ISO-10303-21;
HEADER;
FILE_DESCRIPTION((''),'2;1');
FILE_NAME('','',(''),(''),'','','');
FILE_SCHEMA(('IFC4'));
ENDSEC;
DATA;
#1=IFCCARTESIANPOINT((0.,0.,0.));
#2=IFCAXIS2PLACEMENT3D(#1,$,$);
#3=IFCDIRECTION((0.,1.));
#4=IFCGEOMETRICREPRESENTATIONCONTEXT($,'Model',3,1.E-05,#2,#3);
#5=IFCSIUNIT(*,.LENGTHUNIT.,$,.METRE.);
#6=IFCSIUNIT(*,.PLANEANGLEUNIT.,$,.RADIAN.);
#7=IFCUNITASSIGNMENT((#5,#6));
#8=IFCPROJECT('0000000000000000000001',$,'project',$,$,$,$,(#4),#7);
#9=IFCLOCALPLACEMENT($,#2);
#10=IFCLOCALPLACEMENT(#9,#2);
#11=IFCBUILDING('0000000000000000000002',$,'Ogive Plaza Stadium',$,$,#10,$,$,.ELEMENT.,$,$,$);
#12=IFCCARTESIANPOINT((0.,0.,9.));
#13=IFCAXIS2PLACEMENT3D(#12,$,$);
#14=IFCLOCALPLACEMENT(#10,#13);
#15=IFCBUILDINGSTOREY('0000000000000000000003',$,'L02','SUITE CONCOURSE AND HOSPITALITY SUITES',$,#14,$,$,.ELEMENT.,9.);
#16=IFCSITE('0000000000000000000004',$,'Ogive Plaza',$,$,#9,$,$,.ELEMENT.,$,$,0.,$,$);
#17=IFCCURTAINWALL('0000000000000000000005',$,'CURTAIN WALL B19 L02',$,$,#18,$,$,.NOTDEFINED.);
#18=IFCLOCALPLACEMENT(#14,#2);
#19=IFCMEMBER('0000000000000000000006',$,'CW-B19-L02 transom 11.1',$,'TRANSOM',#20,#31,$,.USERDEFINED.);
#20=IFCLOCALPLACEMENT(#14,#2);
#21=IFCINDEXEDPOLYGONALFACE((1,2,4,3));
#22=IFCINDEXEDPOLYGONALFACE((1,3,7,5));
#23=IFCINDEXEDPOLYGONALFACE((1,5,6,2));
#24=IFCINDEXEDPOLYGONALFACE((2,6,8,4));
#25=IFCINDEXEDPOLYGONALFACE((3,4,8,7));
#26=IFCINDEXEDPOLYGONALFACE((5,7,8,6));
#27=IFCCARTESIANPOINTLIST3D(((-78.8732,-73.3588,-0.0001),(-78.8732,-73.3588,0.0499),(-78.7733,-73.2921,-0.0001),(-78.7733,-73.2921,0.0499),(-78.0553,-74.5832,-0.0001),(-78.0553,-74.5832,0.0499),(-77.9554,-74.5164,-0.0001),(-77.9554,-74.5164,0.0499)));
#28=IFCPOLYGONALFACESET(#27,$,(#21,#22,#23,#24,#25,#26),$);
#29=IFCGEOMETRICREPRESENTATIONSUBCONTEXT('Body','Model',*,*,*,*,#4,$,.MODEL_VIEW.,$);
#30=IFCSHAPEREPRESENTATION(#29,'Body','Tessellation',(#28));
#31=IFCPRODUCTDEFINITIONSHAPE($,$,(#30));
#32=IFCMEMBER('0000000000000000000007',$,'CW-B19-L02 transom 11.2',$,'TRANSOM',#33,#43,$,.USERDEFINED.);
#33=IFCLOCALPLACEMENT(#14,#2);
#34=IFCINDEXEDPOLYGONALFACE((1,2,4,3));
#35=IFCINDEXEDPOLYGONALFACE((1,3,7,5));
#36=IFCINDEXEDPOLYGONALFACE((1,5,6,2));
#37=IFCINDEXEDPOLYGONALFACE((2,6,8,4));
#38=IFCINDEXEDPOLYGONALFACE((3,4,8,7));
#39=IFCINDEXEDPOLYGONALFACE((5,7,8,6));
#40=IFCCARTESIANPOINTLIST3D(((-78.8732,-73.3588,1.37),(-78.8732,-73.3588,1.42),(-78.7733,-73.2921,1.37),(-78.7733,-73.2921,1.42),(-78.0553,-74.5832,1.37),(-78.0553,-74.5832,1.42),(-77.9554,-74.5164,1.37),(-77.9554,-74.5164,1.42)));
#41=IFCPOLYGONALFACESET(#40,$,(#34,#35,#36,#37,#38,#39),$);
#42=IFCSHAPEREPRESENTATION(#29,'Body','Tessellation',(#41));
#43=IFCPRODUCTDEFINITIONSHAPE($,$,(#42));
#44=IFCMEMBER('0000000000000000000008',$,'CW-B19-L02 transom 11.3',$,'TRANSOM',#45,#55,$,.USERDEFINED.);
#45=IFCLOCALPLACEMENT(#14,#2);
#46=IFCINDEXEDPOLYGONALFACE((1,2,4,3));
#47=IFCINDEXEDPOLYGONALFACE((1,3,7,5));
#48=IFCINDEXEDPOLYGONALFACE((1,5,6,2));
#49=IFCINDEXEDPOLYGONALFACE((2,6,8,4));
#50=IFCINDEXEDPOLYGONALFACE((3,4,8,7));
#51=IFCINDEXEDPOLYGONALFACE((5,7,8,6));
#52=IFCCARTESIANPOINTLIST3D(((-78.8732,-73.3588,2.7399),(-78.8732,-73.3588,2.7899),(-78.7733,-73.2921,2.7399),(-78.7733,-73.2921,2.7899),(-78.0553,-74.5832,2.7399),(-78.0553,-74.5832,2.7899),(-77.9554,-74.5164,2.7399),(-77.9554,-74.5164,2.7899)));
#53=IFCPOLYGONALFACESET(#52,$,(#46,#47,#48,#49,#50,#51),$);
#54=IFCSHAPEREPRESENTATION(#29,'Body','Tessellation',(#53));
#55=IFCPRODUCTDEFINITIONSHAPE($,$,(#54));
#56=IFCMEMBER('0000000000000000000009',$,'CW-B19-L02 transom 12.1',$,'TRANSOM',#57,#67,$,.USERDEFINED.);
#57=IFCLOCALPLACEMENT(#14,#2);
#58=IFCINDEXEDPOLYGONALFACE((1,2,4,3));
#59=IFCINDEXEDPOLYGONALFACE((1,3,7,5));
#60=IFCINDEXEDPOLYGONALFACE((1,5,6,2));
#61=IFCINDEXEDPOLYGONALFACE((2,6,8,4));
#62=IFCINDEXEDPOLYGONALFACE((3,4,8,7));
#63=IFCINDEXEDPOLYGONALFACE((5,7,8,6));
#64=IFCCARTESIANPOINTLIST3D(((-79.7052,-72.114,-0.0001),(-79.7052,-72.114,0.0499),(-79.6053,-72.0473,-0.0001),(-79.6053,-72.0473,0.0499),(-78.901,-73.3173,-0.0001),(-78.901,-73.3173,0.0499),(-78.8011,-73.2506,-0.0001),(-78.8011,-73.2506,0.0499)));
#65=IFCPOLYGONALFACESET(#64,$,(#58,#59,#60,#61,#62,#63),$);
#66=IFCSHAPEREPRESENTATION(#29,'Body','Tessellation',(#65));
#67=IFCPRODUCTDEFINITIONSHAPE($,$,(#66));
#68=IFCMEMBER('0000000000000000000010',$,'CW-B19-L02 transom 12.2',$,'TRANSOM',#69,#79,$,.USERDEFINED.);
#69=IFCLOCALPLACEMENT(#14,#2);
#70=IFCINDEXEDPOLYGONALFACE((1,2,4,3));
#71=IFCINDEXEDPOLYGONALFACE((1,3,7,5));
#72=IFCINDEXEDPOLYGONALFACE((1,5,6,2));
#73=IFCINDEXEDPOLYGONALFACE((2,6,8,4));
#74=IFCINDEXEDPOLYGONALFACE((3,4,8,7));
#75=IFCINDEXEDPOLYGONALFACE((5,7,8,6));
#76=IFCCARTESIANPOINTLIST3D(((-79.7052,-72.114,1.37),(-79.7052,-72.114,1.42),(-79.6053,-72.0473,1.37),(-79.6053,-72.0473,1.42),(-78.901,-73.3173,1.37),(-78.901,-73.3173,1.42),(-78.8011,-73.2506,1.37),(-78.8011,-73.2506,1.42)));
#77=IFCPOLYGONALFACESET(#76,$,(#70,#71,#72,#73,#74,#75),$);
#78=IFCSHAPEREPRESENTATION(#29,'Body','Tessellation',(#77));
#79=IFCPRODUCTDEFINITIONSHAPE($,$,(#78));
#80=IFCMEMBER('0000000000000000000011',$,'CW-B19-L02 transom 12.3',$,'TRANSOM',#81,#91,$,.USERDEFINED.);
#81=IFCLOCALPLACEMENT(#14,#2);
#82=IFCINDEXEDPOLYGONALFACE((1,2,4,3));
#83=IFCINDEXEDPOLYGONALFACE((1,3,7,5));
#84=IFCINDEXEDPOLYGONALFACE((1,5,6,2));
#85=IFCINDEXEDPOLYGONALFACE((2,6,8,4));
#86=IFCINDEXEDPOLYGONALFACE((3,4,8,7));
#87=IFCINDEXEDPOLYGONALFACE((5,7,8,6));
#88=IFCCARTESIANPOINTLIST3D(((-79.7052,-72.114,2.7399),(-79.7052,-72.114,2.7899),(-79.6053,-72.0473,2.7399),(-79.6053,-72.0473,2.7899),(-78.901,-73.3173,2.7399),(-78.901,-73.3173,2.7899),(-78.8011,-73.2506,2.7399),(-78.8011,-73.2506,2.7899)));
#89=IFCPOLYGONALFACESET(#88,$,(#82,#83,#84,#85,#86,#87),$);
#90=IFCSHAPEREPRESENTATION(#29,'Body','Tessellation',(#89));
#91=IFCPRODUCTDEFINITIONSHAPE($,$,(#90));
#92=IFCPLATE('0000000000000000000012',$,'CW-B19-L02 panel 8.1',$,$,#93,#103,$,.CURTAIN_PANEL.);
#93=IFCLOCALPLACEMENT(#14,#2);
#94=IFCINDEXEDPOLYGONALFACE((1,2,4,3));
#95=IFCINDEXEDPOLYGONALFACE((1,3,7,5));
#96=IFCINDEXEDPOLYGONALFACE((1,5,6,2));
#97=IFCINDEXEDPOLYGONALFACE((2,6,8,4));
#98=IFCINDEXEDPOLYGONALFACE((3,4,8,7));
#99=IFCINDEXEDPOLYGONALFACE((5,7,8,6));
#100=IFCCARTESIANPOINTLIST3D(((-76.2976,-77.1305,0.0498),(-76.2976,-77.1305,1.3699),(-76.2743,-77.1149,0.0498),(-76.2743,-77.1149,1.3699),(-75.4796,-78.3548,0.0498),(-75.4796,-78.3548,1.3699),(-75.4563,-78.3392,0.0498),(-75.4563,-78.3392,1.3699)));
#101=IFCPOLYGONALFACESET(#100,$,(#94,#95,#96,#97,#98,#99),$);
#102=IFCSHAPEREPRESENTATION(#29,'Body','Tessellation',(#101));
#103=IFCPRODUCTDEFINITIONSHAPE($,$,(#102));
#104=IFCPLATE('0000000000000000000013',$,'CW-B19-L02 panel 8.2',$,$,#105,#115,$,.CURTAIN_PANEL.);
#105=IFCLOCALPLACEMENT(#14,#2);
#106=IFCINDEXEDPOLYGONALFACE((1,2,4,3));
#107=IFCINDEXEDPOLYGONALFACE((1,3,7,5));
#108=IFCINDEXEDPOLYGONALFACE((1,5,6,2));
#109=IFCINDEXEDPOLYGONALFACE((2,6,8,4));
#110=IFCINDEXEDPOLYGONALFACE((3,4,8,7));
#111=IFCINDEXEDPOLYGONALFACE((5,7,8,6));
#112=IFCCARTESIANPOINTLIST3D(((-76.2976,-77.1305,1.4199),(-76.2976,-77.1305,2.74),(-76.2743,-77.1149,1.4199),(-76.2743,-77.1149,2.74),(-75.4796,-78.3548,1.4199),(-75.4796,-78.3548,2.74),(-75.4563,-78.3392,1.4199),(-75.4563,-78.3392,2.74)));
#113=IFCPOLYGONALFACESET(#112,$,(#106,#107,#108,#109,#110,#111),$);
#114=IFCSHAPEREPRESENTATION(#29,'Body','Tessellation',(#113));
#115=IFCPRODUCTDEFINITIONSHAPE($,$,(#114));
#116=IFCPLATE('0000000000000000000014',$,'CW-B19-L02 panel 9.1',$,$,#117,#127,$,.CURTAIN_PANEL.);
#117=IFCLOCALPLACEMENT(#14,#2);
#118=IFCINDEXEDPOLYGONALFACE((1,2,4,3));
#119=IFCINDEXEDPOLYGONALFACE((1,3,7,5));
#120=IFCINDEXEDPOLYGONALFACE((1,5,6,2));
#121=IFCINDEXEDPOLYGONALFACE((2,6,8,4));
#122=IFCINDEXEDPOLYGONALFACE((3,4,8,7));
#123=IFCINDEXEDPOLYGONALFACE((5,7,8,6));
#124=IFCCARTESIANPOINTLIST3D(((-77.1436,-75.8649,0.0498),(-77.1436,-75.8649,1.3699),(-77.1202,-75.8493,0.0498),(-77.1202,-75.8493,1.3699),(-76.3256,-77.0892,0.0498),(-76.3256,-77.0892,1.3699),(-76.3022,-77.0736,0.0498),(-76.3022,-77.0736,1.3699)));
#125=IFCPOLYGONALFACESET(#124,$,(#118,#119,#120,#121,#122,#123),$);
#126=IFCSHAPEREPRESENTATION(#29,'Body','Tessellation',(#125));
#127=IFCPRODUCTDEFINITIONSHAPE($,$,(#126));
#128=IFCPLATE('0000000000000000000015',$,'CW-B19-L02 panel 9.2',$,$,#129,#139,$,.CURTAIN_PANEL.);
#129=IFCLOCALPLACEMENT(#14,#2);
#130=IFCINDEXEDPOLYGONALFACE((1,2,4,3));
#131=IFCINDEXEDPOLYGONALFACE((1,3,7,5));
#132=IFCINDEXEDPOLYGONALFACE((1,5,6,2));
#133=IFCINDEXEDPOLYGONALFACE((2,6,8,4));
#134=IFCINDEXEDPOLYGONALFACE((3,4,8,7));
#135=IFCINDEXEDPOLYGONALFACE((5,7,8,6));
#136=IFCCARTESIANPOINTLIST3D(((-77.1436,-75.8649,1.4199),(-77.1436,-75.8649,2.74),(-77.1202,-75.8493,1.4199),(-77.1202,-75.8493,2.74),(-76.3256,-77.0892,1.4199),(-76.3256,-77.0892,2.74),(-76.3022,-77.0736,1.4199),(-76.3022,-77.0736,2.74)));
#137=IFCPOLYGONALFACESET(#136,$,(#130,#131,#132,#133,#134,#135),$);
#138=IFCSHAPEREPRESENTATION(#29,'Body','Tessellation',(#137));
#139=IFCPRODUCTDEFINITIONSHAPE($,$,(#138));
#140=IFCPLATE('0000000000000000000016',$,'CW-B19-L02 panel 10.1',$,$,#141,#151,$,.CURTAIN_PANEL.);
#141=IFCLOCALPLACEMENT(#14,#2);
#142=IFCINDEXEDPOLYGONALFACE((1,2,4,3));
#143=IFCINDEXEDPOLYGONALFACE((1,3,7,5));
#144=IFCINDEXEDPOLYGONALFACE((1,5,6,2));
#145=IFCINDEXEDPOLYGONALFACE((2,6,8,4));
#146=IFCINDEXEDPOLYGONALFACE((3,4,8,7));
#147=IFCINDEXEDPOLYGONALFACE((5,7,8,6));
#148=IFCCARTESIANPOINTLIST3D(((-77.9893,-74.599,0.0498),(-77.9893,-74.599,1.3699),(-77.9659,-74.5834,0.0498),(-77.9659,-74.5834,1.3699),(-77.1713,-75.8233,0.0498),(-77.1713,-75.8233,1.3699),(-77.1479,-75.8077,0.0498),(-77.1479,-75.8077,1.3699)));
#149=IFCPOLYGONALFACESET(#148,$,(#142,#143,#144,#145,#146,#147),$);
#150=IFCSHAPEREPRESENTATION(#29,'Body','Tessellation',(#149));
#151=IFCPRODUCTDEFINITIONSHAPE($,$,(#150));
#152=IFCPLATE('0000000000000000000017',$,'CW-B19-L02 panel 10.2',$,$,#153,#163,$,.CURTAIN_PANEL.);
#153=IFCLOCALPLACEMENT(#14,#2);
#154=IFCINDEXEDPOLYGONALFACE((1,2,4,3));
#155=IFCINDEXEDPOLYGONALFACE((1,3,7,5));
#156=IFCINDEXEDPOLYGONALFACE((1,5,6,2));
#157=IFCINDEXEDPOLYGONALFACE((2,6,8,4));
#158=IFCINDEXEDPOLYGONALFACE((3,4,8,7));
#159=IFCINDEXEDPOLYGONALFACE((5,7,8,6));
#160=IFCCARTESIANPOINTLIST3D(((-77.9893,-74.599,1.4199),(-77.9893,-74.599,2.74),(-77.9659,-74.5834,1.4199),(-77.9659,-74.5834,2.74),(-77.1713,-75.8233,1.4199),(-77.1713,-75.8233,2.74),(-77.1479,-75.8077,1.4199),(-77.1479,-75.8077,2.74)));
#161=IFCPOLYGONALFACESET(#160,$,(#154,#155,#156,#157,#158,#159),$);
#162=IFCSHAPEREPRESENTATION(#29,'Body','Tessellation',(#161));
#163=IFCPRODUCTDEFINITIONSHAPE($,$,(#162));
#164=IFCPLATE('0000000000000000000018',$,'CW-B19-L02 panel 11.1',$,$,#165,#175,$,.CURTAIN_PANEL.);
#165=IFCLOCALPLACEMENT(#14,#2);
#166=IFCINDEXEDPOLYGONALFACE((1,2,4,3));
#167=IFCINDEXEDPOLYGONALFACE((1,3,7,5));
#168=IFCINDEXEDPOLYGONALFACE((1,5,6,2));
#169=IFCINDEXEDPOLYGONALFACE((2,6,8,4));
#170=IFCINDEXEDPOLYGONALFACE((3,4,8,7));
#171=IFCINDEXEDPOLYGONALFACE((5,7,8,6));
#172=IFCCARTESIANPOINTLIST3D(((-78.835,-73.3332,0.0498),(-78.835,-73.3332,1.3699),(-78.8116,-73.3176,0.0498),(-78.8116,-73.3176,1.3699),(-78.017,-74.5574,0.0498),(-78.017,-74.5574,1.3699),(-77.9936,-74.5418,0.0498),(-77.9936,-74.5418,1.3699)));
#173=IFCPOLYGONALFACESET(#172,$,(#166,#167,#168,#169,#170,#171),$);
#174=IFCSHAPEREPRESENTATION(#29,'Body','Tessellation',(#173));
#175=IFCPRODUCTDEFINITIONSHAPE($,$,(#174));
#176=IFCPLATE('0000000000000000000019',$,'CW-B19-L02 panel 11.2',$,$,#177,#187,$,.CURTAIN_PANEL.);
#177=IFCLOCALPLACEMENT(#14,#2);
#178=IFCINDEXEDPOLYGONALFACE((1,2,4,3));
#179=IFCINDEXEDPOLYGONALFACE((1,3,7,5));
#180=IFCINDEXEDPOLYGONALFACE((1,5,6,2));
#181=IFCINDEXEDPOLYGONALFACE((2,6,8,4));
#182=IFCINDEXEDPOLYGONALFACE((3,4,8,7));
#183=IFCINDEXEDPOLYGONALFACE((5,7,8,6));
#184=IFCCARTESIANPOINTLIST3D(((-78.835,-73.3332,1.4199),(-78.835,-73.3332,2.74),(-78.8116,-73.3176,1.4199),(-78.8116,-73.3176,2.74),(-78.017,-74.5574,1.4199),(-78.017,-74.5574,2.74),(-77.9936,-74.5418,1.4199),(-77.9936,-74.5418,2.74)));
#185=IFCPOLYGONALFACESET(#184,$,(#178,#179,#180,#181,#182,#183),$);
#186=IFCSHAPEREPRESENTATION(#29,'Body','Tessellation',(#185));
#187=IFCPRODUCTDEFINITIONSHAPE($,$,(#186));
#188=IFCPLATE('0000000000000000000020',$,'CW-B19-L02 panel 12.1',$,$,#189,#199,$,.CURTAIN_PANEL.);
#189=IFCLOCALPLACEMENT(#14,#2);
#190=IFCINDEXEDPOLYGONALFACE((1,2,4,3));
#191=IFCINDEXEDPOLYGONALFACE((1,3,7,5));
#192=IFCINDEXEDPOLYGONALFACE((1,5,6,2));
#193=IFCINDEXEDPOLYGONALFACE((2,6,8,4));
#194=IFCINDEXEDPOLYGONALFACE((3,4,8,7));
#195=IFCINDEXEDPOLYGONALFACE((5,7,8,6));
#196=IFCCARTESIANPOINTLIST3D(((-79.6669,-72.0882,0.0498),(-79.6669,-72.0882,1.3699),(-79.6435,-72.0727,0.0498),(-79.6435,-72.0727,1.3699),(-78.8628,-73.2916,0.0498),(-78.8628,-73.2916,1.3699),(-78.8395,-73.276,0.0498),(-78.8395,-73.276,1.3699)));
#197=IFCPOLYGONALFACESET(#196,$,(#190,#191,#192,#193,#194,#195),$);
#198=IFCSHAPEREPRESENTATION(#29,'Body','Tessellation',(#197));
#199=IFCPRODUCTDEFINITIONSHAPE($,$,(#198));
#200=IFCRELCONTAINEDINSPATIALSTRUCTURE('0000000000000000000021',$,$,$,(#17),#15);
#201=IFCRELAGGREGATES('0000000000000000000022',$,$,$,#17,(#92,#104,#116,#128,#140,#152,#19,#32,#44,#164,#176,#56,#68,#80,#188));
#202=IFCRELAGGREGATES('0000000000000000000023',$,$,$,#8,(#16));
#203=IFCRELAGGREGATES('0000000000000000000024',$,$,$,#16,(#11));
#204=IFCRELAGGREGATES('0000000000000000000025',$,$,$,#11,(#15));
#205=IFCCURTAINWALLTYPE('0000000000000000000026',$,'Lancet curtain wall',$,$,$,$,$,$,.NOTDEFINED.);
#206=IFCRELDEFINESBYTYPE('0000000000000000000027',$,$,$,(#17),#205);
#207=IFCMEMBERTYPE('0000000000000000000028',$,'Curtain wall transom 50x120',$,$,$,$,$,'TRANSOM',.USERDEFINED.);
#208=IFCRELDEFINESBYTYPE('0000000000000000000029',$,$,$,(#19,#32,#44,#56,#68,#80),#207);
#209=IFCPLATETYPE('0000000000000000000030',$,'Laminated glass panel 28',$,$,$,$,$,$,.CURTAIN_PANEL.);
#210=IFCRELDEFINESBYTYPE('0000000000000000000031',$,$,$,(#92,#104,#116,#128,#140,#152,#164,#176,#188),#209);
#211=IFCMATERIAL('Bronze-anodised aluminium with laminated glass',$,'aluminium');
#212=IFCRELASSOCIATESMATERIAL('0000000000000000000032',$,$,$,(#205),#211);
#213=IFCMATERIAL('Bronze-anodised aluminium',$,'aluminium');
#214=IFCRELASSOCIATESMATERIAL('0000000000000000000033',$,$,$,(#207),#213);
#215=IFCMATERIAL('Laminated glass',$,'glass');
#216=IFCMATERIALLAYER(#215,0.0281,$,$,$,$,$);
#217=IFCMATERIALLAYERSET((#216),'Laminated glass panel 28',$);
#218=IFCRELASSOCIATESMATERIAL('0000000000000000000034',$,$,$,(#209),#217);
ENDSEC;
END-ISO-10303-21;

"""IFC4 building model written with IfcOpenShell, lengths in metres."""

from ifc_helpers import new_model, si_unit, direction, frame, origin, origin_2d, place, context, subcontext, project, spatial, rectangle, extrude, material, layer, layer_set, material_profile, profile_set, type_object, element, aggregate, save


model = new_model("IFC4")

# Units and contexts
model_context = context("Model", 3, precision=1e-05, world=origin(), true_north=direction((0.0, 1.0)))
body_context = subcontext(model_context, "Body", "Model", "MODEL_VIEW")
ifc_project = project(units=[si_unit("LENGTHUNIT", "METRE"), si_unit("PLANEANGLEUNIT", "RADIAN")], contexts=[model_context])

# Site, building, storey
site_placement = place(None, origin())
site = spatial("IfcSite", under=ifc_project, at=site_placement, Name="Ogive Plaza", CompositionType="ELEMENT", RefElevation=0.0)
building_placement = place(site_placement, origin())
building = spatial("IfcBuilding", under=site, at=building_placement, Name="Ogive Plaza Stadium", CompositionType="ELEMENT")
storey_placement = place(building_placement, frame((0.0, 0.0, 9.0)))
storey = spatial("IfcBuildingStorey", under=building, at=storey_placement, Name="L02", Description="SUITE CONCOURSE AND HOSPITALITY SUITES", CompositionType="ELEMENT", Elevation=9.0)

# Curtain wall, members, plates
ifc_material_1 = material(Name="Bronze-anodised aluminium with laminated glass", Category="aluminium")
curtain_wall_type = type_object("IfcCurtainWallType", Name="Lancet curtain wall", PredefinedType="NOTDEFINED", material=ifc_material_1)
curtain_wall_placement = place(storey_placement, origin())
curtain_wall = element("IfcCurtainWall", 1, at=curtain_wall_placement, inside=storey, type_object=curtain_wall_type, Name="CURTAIN WALL B19 L02", PredefinedType="NOTDEFINED")
ifc_material_2 = material(Name="Bronze-anodised aluminium", Category="aluminium")
ifc_material_profile_1 = material_profile(ifc_material_2, rectangle(XDim=0.1201, YDim=0.05, at=origin_2d()), Name="AL 120x50")
ifc_profile_set_1 = profile_set([ifc_material_profile_1], Name="Bronze-anodised aluminium")
member_type_1 = type_object("IfcMemberType", Name="Curtain wall transom 50x120", ElementType="TRANSOM", PredefinedType="USERDEFINED", material=ifc_profile_set_1)
member_1_placement = place(storey_placement, frame((-78.0054, -74.5498, 0.0249), z_axis=(-0.555465, 0.83154, 0.0), x_axis=(-0.83154, -0.555465, 0.0)))
member_1 = element("IfcMember", 2, at=member_1_placement, type_object=member_type_1, Name="CW-B19-L02 transom 11.1", ObjectType="TRANSOM", PredefinedType="USERDEFINED", context=body_context, shape_type="SweptSolid", body=[
    extrude(rectangle(XDim=0.1201, YDim=0.05, at=origin_2d()), origin(), (0.0, 0.0, 1.0), 1.4724),
])
member_2_placement = place(storey_placement, frame((-78.0054, -74.5498, 1.395), z_axis=(-0.555465, 0.83154, 0.0), x_axis=(-0.83154, -0.555465, 0.0)))
member_2 = element("IfcMember", 3, at=member_2_placement, type_object=member_type_1, Name="CW-B19-L02 transom 11.2", ObjectType="TRANSOM", PredefinedType="USERDEFINED", context=body_context, shape_type="SweptSolid", body=[
    extrude(rectangle(XDim=0.1201, YDim=0.05, at=origin_2d()), origin(), (0.0, 0.0, 1.0), 1.4724),
])
member_3_placement = place(storey_placement, frame((-78.0054, -74.5498, 2.7649), z_axis=(-0.555465, 0.83154, 0.0), x_axis=(-0.83154, -0.555465, 0.0)))
member_3 = element("IfcMember", 4, at=member_3_placement, type_object=member_type_1, Name="CW-B19-L02 transom 11.3", ObjectType="TRANSOM", PredefinedType="USERDEFINED", context=body_context, shape_type="SweptSolid", body=[
    extrude(rectangle(XDim=0.1201, YDim=0.05, at=origin_2d()), origin(), (0.0, 0.0, 1.0), 1.4724),
])
member_4_placement = place(storey_placement, frame((-78.8511, -73.2839, 0.0249), z_axis=(-0.555634, 0.831427, 0.0), x_axis=(-0.831427, -0.555634, 0.0)))
member_4 = element("IfcMember", 5, at=member_4_placement, type_object=member_type_1, Name="CW-B19-L02 transom 12.1", ObjectType="TRANSOM", PredefinedType="USERDEFINED", context=body_context, shape_type="SweptSolid", body=[
    extrude(rectangle(XDim=0.1201, YDim=0.05, at=origin_2d()), origin(), (0.0, 0.0, 1.0), 1.4473),
])
member_5_placement = place(storey_placement, frame((-78.8511, -73.2839, 1.395), z_axis=(-0.555634, 0.831427, 0.0), x_axis=(-0.831427, -0.555634, 0.0)))
member_5 = element("IfcMember", 6, at=member_5_placement, type_object=member_type_1, Name="CW-B19-L02 transom 12.2", ObjectType="TRANSOM", PredefinedType="USERDEFINED", context=body_context, shape_type="SweptSolid", body=[
    extrude(rectangle(XDim=0.1201, YDim=0.05, at=origin_2d()), origin(), (0.0, 0.0, 1.0), 1.4473),
])
member_6_placement = place(storey_placement, frame((-78.8511, -73.2839, 2.7649), z_axis=(-0.555634, 0.831427, 0.0), x_axis=(-0.831427, -0.555634, 0.0)))
member_6 = element("IfcMember", 7, at=member_6_placement, type_object=member_type_1, Name="CW-B19-L02 transom 12.3", ObjectType="TRANSOM", PredefinedType="USERDEFINED", context=body_context, shape_type="SweptSolid", body=[
    extrude(rectangle(XDim=0.1201, YDim=0.05, at=origin_2d()), origin(), (0.0, 0.0, 1.0), 1.4473),
])
ifc_material_3 = material(Name="Laminated glass", Category="glass")
ifc_layer = layer(ifc_material_3, 0.0281)
ifc_layer_set = layer_set([ifc_layer], Name="Laminated glass panel 28")
plate_type = type_object("IfcPlateType", Name="Laminated glass panel 28", PredefinedType="CURTAIN_PANEL", material=ifc_layer_set)
plate_1_placement = place(storey_placement, frame((-75.877, -77.7349, 0.0498), z_axis=(0.0, 0.0, 1.0), x_axis=(-0.55557, 0.83147, 0.0)))
plate_1 = element("IfcPlate", 8, at=plate_1_placement, type_object=plate_type, Name="CW-B19-L02 panel 8.1", PredefinedType="CURTAIN_PANEL", context=body_context, shape_type="SweptSolid", body=[
    extrude(rectangle(XDim=1.4724, YDim=0.0281, at=origin_2d()), origin(), (0.0, 0.0, 1.0), 1.3201),
])
plate_2_placement = place(storey_placement, frame((-75.877, -77.7349, 1.4199), z_axis=(0.0, 0.0, 1.0), x_axis=(-0.55557, 0.83147, 0.0)))
plate_2 = element("IfcPlate", 9, at=plate_2_placement, type_object=plate_type, Name="CW-B19-L02 panel 8.2", PredefinedType="CURTAIN_PANEL", context=body_context, shape_type="SweptSolid", body=[
    extrude(rectangle(XDim=1.4724, YDim=0.0281, at=origin_2d()), origin(), (0.0, 0.0, 1.0), 1.3201),
])
plate_3_placement = place(storey_placement, frame((-76.7229, -76.4692, 0.0498), z_axis=(0.0, 0.0, 1.0), x_axis=(-0.55557, 0.83147, 0.0)))
plate_3 = element("IfcPlate", 10, at=plate_3_placement, type_object=plate_type, Name="CW-B19-L02 panel 9.1", PredefinedType="CURTAIN_PANEL", context=body_context, shape_type="SweptSolid", body=[
    extrude(rectangle(XDim=1.4724, YDim=0.0281, at=origin_2d()), origin(), (0.0, 0.0, 1.0), 1.3201),
])
plate_4_placement = place(storey_placement, frame((-76.7229, -76.4692, 1.4199), z_axis=(0.0, 0.0, 1.0), x_axis=(-0.55557, 0.83147, 0.0)))
plate_4 = element("IfcPlate", 11, at=plate_4_placement, type_object=plate_type, Name="CW-B19-L02 panel 9.2", PredefinedType="CURTAIN_PANEL", context=body_context, shape_type="SweptSolid", body=[
    extrude(rectangle(XDim=1.4724, YDim=0.0281, at=origin_2d()), origin(), (0.0, 0.0, 1.0), 1.3201),
])
plate_5_placement = place(storey_placement, frame((-77.5686, -75.2034, 0.0498), z_axis=(0.0, 0.0, 1.0), x_axis=(-0.55557, 0.83147, 0.0)))
plate_5 = element("IfcPlate", 12, at=plate_5_placement, type_object=plate_type, Name="CW-B19-L02 panel 10.1", PredefinedType="CURTAIN_PANEL", context=body_context, shape_type="SweptSolid", body=[
    extrude(rectangle(XDim=1.4724, YDim=0.0281, at=origin_2d()), origin(), (0.0, 0.0, 1.0), 1.3201),
])
plate_6_placement = place(storey_placement, frame((-77.5686, -75.2034, 1.4199), z_axis=(0.0, 0.0, 1.0), x_axis=(-0.55557, 0.83147, 0.0)))
plate_6 = element("IfcPlate", 13, at=plate_6_placement, type_object=plate_type, Name="CW-B19-L02 panel 10.2", PredefinedType="CURTAIN_PANEL", context=body_context, shape_type="SweptSolid", body=[
    extrude(rectangle(XDim=1.4724, YDim=0.0281, at=origin_2d()), origin(), (0.0, 0.0, 1.0), 1.3201),
])
plate_7_placement = place(storey_placement, frame((-78.4143, -73.9375, 0.0498), z_axis=(0.0, 0.0, 1.0), x_axis=(-0.55557, 0.83147, 0.0)))
plate_7 = element("IfcPlate", 14, at=plate_7_placement, type_object=plate_type, Name="CW-B19-L02 panel 11.1", PredefinedType="CURTAIN_PANEL", context=body_context, shape_type="SweptSolid", body=[
    extrude(rectangle(XDim=1.4724, YDim=0.0281, at=origin_2d()), origin(), (0.0, 0.0, 1.0), 1.3201),
])
plate_8_placement = place(storey_placement, frame((-78.4143, -73.9375, 1.4199), z_axis=(0.0, 0.0, 1.0), x_axis=(-0.55557, 0.83147, 0.0)))
plate_8 = element("IfcPlate", 15, at=plate_8_placement, type_object=plate_type, Name="CW-B19-L02 panel 11.2", PredefinedType="CURTAIN_PANEL", context=body_context, shape_type="SweptSolid", body=[
    extrude(rectangle(XDim=1.4724, YDim=0.0281, at=origin_2d()), origin(), (0.0, 0.0, 1.0), 1.3201),
])
plate_9_placement = place(storey_placement, frame((-79.2532, -72.6821, 0.0498), z_axis=(0.0, 0.0, 1.0), x_axis=(-0.55557, 0.83147, 0.0)))
plate_9 = element("IfcPlate", 16, at=plate_9_placement, type_object=plate_type, Name="CW-B19-L02 panel 12.1", PredefinedType="CURTAIN_PANEL", context=body_context, shape_type="SweptSolid", body=[
    extrude(rectangle(XDim=1.4473, YDim=0.0281, at=origin_2d()), origin(), (0.0, 0.0, 1.0), 1.3201),
])
aggregate(curtain_wall, [plate_1, plate_2, plate_3, plate_4, plate_5, plate_6, member_1, member_2, member_3, plate_7, plate_8, member_4, member_5, member_6, plate_9])

save(model, "model.ifc")
